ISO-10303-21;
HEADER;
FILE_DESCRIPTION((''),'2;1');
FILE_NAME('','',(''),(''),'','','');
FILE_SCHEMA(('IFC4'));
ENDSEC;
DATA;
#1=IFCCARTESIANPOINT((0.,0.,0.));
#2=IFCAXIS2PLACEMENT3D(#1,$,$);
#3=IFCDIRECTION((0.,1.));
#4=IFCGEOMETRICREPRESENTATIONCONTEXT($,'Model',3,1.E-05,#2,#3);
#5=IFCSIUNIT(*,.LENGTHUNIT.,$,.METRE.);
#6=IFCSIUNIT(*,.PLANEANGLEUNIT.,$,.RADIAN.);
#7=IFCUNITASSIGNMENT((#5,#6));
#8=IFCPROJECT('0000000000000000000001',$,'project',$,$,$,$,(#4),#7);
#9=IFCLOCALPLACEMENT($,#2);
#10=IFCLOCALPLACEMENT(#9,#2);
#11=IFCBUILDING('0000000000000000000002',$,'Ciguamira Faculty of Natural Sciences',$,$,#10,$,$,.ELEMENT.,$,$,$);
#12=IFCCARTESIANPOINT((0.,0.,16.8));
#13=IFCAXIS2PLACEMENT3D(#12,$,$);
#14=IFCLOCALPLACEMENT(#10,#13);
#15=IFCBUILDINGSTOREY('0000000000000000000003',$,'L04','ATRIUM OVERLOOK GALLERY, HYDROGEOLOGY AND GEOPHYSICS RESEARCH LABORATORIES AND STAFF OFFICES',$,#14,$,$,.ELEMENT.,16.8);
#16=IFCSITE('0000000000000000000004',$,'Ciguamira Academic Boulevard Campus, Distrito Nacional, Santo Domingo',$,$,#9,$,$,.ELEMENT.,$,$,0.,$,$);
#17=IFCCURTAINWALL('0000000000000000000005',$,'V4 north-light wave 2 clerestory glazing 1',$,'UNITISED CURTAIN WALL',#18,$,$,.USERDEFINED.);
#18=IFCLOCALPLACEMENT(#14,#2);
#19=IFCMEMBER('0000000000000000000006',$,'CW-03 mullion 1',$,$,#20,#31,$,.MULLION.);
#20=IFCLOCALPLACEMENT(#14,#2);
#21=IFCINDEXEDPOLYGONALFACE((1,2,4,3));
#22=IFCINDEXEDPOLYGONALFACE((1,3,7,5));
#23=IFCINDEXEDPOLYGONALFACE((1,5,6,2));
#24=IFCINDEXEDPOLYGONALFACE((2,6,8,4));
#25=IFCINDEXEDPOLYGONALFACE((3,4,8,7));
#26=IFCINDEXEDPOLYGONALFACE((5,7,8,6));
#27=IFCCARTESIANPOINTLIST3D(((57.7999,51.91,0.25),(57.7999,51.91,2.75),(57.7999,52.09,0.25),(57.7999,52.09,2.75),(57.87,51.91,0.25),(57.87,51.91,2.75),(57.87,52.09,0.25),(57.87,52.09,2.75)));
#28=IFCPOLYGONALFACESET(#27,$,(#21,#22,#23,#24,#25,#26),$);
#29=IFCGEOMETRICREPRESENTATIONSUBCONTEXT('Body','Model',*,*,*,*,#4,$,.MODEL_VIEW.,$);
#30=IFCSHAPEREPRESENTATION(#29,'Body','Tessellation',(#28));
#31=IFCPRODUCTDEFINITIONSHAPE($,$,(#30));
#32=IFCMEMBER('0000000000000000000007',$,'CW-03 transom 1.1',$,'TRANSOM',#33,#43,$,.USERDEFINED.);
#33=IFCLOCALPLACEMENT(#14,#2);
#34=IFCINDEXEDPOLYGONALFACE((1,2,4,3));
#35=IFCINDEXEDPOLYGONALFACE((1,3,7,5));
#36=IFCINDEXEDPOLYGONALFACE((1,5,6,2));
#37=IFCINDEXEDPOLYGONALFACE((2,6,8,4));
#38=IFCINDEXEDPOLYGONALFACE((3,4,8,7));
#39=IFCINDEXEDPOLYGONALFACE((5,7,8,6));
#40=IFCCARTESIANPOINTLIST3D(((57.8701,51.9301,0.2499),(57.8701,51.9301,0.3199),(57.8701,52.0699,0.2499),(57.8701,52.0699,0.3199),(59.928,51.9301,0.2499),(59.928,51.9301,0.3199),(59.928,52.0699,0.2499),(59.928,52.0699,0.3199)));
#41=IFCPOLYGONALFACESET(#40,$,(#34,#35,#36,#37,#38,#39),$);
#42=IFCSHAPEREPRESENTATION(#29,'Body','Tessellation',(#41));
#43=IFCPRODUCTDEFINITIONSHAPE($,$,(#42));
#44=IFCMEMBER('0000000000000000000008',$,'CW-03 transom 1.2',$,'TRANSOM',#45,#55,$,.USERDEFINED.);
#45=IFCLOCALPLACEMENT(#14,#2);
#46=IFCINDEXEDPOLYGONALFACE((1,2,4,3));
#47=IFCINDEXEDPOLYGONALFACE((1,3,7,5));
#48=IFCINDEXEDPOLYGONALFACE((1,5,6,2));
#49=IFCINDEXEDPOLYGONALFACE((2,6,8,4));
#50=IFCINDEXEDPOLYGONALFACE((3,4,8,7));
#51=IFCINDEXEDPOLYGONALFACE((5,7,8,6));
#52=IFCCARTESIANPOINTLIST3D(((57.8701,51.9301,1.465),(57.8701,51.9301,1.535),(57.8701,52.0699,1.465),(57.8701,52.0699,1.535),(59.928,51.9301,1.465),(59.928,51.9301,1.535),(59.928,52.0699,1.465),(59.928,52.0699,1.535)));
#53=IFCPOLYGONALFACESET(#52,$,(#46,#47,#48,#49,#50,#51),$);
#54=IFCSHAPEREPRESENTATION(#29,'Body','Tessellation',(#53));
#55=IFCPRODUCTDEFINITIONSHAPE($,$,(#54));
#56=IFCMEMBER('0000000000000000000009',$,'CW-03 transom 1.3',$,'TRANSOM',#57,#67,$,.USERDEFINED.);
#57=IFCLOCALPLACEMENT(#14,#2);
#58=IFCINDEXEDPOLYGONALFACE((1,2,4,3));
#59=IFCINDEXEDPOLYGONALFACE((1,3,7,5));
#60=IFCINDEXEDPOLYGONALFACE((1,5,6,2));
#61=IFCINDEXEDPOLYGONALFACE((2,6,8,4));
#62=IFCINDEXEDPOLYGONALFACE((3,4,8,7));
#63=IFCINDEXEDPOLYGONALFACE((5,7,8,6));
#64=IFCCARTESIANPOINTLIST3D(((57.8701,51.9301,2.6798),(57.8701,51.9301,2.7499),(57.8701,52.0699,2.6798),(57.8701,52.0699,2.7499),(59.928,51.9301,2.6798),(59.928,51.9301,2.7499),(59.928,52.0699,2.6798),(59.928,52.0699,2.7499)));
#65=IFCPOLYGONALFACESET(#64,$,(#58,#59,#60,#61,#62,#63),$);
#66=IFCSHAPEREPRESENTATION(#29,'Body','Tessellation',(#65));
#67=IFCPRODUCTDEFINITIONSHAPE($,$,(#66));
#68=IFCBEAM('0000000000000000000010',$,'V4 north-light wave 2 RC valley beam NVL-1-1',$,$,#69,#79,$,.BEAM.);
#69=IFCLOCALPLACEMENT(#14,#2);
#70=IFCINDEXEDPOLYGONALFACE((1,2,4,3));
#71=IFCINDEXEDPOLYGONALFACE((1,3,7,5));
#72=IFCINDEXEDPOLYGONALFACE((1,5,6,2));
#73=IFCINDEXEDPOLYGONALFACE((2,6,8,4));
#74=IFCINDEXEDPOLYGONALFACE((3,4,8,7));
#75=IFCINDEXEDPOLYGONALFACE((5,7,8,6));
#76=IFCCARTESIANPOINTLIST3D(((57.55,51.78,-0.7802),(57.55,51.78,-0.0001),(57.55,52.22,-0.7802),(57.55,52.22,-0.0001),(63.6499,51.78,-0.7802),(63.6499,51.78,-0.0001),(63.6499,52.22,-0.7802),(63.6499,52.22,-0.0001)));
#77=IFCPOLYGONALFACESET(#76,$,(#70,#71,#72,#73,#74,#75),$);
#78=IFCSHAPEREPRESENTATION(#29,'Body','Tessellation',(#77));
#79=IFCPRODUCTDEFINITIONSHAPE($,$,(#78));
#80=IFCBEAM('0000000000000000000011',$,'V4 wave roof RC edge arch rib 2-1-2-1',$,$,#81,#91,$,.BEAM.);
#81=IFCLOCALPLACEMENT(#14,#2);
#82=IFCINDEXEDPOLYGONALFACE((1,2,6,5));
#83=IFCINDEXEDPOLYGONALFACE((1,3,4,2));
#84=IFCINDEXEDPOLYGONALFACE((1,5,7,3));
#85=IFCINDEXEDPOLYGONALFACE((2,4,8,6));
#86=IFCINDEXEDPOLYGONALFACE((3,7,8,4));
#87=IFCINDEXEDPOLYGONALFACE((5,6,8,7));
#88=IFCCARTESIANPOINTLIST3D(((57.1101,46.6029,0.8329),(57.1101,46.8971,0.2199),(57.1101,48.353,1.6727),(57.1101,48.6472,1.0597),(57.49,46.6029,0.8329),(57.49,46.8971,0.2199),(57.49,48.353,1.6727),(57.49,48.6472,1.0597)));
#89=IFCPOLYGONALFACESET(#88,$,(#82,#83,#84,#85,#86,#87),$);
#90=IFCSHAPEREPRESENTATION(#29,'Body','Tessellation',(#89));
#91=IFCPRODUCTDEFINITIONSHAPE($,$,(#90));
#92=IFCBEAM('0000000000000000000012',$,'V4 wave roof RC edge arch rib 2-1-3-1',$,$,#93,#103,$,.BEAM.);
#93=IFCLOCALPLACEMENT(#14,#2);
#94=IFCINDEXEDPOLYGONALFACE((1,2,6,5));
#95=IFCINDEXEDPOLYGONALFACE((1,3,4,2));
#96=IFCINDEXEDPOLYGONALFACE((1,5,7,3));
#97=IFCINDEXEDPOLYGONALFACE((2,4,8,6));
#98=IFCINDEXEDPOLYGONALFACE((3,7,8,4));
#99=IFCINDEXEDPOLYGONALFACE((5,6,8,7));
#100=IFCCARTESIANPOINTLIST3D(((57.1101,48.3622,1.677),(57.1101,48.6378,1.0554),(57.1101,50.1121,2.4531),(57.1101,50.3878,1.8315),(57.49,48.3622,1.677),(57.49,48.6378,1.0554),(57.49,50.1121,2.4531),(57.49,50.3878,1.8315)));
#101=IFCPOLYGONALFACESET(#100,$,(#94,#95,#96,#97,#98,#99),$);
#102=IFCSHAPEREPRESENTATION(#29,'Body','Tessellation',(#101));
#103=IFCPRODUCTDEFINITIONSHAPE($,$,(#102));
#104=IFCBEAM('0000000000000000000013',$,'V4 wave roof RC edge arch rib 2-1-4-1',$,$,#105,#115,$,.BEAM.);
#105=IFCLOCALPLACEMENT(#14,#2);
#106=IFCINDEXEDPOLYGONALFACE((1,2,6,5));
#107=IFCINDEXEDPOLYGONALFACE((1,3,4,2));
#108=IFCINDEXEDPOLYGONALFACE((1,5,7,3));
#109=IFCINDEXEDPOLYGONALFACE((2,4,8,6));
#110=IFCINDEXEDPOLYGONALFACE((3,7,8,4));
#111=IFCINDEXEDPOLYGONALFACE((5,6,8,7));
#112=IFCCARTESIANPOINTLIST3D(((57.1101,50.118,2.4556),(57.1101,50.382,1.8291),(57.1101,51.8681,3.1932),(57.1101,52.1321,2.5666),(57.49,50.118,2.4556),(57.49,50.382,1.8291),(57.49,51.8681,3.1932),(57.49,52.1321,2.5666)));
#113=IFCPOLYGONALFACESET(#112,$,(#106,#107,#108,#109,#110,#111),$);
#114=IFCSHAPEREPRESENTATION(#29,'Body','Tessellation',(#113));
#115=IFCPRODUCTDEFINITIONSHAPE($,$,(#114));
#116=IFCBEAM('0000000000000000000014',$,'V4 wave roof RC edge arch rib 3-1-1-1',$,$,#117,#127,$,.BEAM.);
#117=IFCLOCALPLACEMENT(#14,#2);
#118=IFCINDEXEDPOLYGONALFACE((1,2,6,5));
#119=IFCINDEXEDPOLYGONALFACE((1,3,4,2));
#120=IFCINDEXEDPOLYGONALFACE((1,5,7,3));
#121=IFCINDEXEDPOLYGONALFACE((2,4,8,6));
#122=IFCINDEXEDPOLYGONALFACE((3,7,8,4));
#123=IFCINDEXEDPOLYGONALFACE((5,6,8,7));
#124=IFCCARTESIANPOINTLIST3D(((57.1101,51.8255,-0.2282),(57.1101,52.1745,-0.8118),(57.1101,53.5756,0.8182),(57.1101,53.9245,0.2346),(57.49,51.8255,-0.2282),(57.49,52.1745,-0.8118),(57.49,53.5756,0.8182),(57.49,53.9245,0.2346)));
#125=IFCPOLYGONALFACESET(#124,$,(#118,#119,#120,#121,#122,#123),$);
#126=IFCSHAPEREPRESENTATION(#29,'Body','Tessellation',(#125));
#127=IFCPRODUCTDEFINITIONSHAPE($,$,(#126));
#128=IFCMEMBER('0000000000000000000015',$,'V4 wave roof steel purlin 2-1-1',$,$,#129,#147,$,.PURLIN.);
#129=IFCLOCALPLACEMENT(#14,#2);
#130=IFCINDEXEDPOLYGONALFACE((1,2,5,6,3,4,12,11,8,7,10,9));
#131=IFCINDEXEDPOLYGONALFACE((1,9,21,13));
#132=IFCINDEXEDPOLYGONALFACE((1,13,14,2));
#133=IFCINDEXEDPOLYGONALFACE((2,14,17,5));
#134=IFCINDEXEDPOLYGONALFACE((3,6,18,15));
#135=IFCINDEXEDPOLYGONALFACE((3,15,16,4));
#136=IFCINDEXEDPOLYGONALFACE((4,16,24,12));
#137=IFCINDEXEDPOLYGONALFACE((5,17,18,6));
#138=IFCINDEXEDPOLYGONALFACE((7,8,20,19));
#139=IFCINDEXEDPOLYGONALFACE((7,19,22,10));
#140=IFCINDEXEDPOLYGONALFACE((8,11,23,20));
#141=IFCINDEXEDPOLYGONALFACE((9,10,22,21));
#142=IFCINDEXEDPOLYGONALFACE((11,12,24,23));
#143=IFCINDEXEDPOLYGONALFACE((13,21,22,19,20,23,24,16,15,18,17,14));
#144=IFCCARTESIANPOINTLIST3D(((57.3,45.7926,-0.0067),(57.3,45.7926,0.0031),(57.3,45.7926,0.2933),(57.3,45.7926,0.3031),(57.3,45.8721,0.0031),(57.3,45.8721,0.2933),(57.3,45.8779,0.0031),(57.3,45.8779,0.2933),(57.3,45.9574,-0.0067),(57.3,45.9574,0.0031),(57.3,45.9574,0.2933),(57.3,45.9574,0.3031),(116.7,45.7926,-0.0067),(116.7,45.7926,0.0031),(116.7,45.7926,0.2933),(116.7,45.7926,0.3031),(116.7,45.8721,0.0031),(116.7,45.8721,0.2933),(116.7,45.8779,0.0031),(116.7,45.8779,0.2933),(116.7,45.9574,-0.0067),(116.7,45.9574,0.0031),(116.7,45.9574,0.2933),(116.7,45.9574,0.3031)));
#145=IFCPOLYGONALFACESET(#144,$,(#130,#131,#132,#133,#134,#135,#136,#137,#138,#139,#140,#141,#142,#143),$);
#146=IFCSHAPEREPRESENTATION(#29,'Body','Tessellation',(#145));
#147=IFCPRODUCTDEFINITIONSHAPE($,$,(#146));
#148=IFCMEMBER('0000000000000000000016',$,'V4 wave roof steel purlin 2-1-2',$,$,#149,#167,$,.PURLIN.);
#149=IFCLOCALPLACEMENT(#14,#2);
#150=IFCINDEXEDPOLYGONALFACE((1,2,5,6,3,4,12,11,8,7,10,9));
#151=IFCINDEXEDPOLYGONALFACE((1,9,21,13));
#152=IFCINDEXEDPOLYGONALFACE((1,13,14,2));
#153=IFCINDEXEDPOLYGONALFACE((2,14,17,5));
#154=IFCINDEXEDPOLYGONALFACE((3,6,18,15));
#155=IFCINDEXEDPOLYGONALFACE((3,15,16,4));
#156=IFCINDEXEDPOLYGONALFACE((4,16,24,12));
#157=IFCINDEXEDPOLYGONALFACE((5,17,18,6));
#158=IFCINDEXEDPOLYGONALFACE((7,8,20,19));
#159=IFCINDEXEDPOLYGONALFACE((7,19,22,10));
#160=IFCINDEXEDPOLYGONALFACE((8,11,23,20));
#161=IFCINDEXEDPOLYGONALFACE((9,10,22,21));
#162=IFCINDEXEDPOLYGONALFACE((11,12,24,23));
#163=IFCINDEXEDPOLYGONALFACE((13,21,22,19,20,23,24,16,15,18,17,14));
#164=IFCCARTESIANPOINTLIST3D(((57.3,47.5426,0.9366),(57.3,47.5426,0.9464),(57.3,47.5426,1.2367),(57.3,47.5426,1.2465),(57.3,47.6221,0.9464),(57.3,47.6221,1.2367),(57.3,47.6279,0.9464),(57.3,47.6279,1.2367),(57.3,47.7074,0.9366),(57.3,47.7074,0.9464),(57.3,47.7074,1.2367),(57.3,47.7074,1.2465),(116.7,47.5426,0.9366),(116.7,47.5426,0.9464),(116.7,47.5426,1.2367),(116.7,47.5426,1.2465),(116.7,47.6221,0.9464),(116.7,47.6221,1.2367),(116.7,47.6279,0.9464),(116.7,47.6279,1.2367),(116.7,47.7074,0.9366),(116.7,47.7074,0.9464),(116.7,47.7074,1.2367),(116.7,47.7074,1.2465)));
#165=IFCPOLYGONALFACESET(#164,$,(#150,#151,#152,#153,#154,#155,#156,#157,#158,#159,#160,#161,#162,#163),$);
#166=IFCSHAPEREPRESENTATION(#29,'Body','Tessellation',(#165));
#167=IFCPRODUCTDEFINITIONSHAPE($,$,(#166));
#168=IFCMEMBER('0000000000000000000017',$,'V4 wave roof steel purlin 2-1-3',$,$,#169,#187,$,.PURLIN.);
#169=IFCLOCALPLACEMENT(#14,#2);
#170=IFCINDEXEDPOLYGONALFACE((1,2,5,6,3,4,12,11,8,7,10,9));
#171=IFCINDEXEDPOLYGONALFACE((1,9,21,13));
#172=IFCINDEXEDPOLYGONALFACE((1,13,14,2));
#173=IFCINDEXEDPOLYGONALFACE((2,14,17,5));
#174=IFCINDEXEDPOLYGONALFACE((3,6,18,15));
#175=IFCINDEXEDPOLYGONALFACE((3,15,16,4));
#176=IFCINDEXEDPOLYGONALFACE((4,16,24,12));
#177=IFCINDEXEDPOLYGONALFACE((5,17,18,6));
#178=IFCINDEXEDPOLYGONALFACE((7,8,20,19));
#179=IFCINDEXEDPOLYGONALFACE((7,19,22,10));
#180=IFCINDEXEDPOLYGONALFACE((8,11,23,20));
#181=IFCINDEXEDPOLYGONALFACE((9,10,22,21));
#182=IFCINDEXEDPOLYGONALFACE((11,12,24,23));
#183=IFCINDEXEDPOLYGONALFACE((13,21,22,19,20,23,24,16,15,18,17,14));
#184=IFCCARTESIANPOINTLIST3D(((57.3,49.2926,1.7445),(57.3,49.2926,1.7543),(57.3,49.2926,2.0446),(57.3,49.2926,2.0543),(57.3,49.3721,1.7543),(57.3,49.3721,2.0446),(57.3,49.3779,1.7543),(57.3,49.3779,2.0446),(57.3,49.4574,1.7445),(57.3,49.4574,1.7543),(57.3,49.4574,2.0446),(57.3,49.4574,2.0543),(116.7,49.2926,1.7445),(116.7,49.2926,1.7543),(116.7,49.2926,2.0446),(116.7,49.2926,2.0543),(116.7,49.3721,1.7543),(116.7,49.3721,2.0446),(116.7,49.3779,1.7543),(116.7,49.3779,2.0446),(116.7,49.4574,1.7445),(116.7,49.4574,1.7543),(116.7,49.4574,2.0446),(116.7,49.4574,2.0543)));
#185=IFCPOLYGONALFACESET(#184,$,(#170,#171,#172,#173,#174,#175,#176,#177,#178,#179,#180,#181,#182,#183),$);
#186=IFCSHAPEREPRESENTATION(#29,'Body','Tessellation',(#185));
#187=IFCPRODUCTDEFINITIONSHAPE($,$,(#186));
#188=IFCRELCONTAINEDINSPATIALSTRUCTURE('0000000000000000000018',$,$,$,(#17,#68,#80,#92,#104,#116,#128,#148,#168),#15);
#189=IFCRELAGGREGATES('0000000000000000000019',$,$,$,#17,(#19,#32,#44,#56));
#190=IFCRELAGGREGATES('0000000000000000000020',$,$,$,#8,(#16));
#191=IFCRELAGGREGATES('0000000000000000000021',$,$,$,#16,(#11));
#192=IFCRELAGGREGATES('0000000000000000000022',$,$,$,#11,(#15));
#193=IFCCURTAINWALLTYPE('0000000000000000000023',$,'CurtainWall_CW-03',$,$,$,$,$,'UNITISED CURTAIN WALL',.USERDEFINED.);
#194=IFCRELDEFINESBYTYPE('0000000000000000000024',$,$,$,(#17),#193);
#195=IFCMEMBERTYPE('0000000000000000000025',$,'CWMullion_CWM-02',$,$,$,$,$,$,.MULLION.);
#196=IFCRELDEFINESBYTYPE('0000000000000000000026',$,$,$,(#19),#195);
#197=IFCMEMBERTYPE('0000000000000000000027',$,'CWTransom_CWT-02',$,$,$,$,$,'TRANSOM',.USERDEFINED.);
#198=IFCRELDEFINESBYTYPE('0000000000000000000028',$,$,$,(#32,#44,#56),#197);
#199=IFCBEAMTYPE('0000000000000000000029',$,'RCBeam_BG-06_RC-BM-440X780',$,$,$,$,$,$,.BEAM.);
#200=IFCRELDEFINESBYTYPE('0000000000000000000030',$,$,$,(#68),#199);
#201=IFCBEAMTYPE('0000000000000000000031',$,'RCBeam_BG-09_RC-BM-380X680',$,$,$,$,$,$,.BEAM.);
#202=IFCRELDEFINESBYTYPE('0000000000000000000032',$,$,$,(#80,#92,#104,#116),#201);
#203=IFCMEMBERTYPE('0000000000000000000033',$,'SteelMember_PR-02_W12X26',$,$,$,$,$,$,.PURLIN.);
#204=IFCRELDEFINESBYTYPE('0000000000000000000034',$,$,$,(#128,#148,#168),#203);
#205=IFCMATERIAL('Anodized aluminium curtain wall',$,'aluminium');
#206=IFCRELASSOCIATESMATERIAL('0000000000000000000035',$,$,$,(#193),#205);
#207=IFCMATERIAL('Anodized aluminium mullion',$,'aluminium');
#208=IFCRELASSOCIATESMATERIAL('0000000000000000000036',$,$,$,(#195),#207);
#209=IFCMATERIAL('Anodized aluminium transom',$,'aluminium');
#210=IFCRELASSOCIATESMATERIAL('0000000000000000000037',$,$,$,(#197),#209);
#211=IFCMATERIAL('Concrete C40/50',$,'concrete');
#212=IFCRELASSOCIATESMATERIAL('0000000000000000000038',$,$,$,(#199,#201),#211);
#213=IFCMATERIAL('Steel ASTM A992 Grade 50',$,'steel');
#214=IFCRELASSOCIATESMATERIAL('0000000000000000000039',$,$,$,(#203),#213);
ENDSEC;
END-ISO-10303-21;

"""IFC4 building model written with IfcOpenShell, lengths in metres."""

from ifc_helpers import new_model, si_unit, direction, frame, origin, origin_2d, place, context, subcontext, project, spatial, rectangle, i_section, extrude, material, material_profile, profile_set, type_object, element, aggregate, save


model = new_model("IFC4")

# Units and contexts
model_context = context("Model", 3, precision=1e-05, world=origin(), true_north=direction((0.0, 1.0)))
body_context = subcontext(model_context, "Body", "Model", "MODEL_VIEW")
ifc_project = project(units=[si_unit("LENGTHUNIT", "METRE"), si_unit("PLANEANGLEUNIT", "RADIAN")], contexts=[model_context])

# Site, building, storey
site_placement = place(None, origin())
site = spatial("IfcSite", under=ifc_project, at=site_placement, Name="Ciguamira Academic Boulevard Campus, Distrito Nacional, Santo Domingo", CompositionType="ELEMENT", RefElevation=0.0)
building_placement = place(site_placement, origin())
building = spatial("IfcBuilding", under=site, at=building_placement, Name="Ciguamira Faculty of Natural Sciences", CompositionType="ELEMENT")
storey_placement = place(building_placement, frame((0.0, 0.0, 16.8)))
storey = spatial("IfcBuildingStorey", under=building, at=storey_placement, Name="L04", Description="ATRIUM OVERLOOK GALLERY, HYDROGEOLOGY AND GEOPHYSICS RESEARCH LABORATORIES AND STAFF OFFICES", CompositionType="ELEMENT", Elevation=16.8)

# Curtain wall, members
ifc_material_1 = material(Name="Anodized aluminium curtain wall", Category="aluminium")
curtain_wall_type = type_object("IfcCurtainWallType", Name="CurtainWall_CW-03", ElementType="UNITISED CURTAIN WALL", PredefinedType="USERDEFINED", material=ifc_material_1)
curtain_wall_placement = place(storey_placement, origin())
curtain_wall = element("IfcCurtainWall", 1, at=curtain_wall_placement, inside=storey, type_object=curtain_wall_type, Name="V4 north-light wave 2 clerestory glazing 1", ObjectType="UNITISED CURTAIN WALL", PredefinedType="USERDEFINED")
ifc_material_2 = material(Name="Anodized aluminium mullion", Category="aluminium")
ifc_material_profile_1 = material_profile(ifc_material_2, rectangle(XDim=0.0701, YDim=0.1799, at=origin_2d()), Name="ALU-MUL-70X180")
ifc_profile_set_1 = profile_set([ifc_material_profile_1], Name="Anodized aluminium mullion")
member_type_1 = type_object("IfcMemberType", Name="CWMullion_CWM-02", PredefinedType="MULLION", material=ifc_profile_set_1)
member_1_placement = place(storey_placement, frame((57.835, 52.0, 0.25), z_axis=(0.0, 0.0, 1.0), x_axis=(1.0, 0.0, 0.0)))
member_1 = element("IfcMember", 2, at=member_1_placement, type_object=member_type_1, Name="CW-03 mullion 1", PredefinedType="MULLION", context=body_context, shape_type="SweptSolid", body=[
    extrude(rectangle(XDim=0.0701, YDim=0.1799, at=origin_2d()), origin(), (0.0, 0.0, 1.0), 2.5),
])
ifc_material_3 = material(Name="Anodized aluminium transom", Category="aluminium")
ifc_material_profile_2 = material_profile(ifc_material_3, rectangle(XDim=0.0701, YDim=0.1399, at=origin_2d()), Name="ALU-TRN-70X140")
ifc_profile_set_2 = profile_set([ifc_material_profile_2], Name="Anodized aluminium transom")
member_type_2 = type_object("IfcMemberType", Name="CWTransom_CWT-02", ElementType="TRANSOM", PredefinedType="USERDEFINED", material=ifc_profile_set_2)
member_2_placement = place(storey_placement, frame((57.8701, 52.0, 0.2849), z_axis=(1.0, 0.0, 0.0), x_axis=(0.0, 0.0, 1.0)))
member_2 = element("IfcMember", 3, at=member_2_placement, type_object=member_type_2, Name="CW-03 transom 1.1", ObjectType="TRANSOM", PredefinedType="USERDEFINED", context=body_context, shape_type="SweptSolid", body=[
    extrude(rectangle(XDim=0.0701, YDim=0.1399, at=origin_2d()), origin(), (0.0, 0.0, 1.0), 2.0579),
])
member_3_placement = place(storey_placement, frame((57.8701, 52.0, 1.5), z_axis=(1.0, 0.0, 0.0), x_axis=(0.0, 0.0, 1.0)))
member_3 = element("IfcMember", 4, at=member_3_placement, type_object=member_type_2, Name="CW-03 transom 1.2", ObjectType="TRANSOM", PredefinedType="USERDEFINED", context=body_context, shape_type="SweptSolid", body=[
    extrude(rectangle(XDim=0.0701, YDim=0.1399, at=origin_2d()), origin(), (0.0, 0.0, 1.0), 2.0579),
])
member_4_placement = place(storey_placement, frame((57.8701, 52.0, 2.7148), z_axis=(1.0, 0.0, 0.0), x_axis=(0.0, 0.0, 1.0)))
member_4 = element("IfcMember", 5, at=member_4_placement, type_object=member_type_2, Name="CW-03 transom 1.3", ObjectType="TRANSOM", PredefinedType="USERDEFINED", context=body_context, shape_type="SweptSolid", body=[
    extrude(rectangle(XDim=0.0701, YDim=0.1399, at=origin_2d()), origin(), (0.0, 0.0, 1.0), 2.0579),
])

# Beams
ifc_material_4 = material(Name="Concrete C40/50", Category="concrete")
ifc_material_profile_3 = material_profile(ifc_material_4, rectangle(XDim=0.4399, YDim=0.78, at=origin_2d()), Name="RC-BM-440X780")
ifc_profile_set_3 = profile_set([ifc_material_profile_3], Name="Concrete C40/50")
beam_type_1 = type_object("IfcBeamType", Name="RCBeam_BG-06_RC-BM-440X780", PredefinedType="BEAM", material=ifc_profile_set_3)
beam_1_placement = place(storey_placement, frame((57.55, 52.0, -0.3901), z_axis=(1.0, 0.0, 0.0), x_axis=(0.0, 1.0, 0.0)))
element("IfcBeam", 6, at=beam_1_placement, inside=storey, type_object=beam_type_1, Name="V4 north-light wave 2 RC valley beam NVL-1-1", PredefinedType="BEAM", context=body_context, shape_type="SweptSolid", body=[
    extrude(rectangle(XDim=0.4399, YDim=0.78, at=origin_2d()), origin(), (0.0, 0.0, 1.0), 6.0999),
])
ifc_material_profile_4 = material_profile(ifc_material_4, rectangle(XDim=0.3799, YDim=0.6799, at=origin_2d()), Name="RC-BM-380X680")
ifc_profile_set_4 = profile_set([ifc_material_profile_4], Name="Concrete C40/50")
beam_type_2 = type_object("IfcBeamType", Name="RCBeam_BG-09_RC-BM-380X680", PredefinedType="BEAM", material=ifc_profile_set_4)
beam_2_placement = place(storey_placement, frame((57.3, 46.75, 0.5264), z_axis=(0.0, 0.901554, 0.432666), x_axis=(-1.0, 0.0, 0.0)))
element("IfcBeam", 7, at=beam_2_placement, inside=storey, type_object=beam_type_2, Name="V4 wave roof RC edge arch rib 2-1-2-1", PredefinedType="BEAM", context=body_context, shape_type="SweptSolid", body=[
    extrude(rectangle(XDim=0.3799, YDim=0.6799, at=origin_2d()), origin(), (0.0, 0.0, 1.0), 1.9412),
])
beam_3_placement = place(storey_placement, frame((57.3, 48.5, 1.3662), z_axis=(0.0, 0.914132, 0.405417), x_axis=(-1.0, 0.0, 0.0)))
element("IfcBeam", 8, at=beam_3_placement, inside=storey, type_object=beam_type_2, Name="V4 wave roof RC edge arch rib 2-1-3-1", PredefinedType="BEAM", context=body_context, shape_type="SweptSolid", body=[
    extrude(rectangle(XDim=0.3799, YDim=0.6799, at=origin_2d()), origin(), (0.0, 0.0, 1.0), 1.9143),
])
beam_4_placement = place(storey_placement, frame((57.3, 50.25, 2.1423), z_axis=(0.0, 0.921502, 0.388373), x_axis=(-1.0, 0.0, 0.0)))
element("IfcBeam", 9, at=beam_4_placement, inside=storey, type_object=beam_type_2, Name="V4 wave roof RC edge arch rib 2-1-4-1", PredefinedType="BEAM", context=body_context, shape_type="SweptSolid", body=[
    extrude(rectangle(XDim=0.3799, YDim=0.6799, at=origin_2d()), origin(), (0.0, 0.0, 1.0), 1.8992),
])
beam_5_placement = place(storey_placement, frame((57.3, 52.0, -0.52), z_axis=(0.0, 0.858274, 0.513192), x_axis=(-1.0, 0.0, 0.0)))
element("IfcBeam", 10, at=beam_5_placement, inside=storey, type_object=beam_type_2, Name="V4 wave roof RC edge arch rib 3-1-1-1", PredefinedType="BEAM", context=body_context, shape_type="SweptSolid", body=[
    extrude(rectangle(XDim=0.3799, YDim=0.6799, at=origin_2d()), origin(), (0.0, 0.0, 1.0), 2.0391),
])

# Members
ifc_material_5 = material(Name="Steel ASTM A992 Grade 50", Category="steel")
ifc_material_profile_5 = material_profile(ifc_material_5, i_section(OverallWidth=0.1648, OverallDepth=0.3098, WebThickness=0.0059, FlangeThickness=0.0098, at=origin_2d()), Name="W12X26")
ifc_profile_set_5 = profile_set([ifc_material_profile_5], Name="Steel ASTM A992 Grade 50")
member_type_3 = type_object("IfcMemberType", Name="SteelMember_PR-02_W12X26", PredefinedType="PURLIN", material=ifc_profile_set_5)
for number, where, z_axis, x_axis, name in (
    (11, (57.3, 45.875, 0.1482), (1.0, 0.0, 0.0), (0.0, 1.0, 0.0), "V4 wave roof steel purlin 2-1-1"),
    (12, (57.3, 47.625, 1.0916), (1.0, 0.0, 0.0), (0.0, 1.0, 0.0), "V4 wave roof steel purlin 2-1-2"),
    (13, (57.3, 49.375, 1.8994), (1.0, 0.0, 0.0), (0.0, 1.0, 0.0), "V4 wave roof steel purlin 2-1-3"),
):
    element("IfcMember", number, at=place(storey_placement, frame(where, z_axis=z_axis, x_axis=x_axis)), inside=storey, type_object=member_type_3, Name=name, PredefinedType="PURLIN", context=body_context, shape_type="SweptSolid", body=[
        extrude(i_section(OverallWidth=0.1648, OverallDepth=0.3098, WebThickness=0.0059, FlangeThickness=0.0098, at=origin_2d()), origin(), (0.0, 0.0, 1.0), 59.3999),
    ])

aggregate(curtain_wall, [member_1, member_2, member_3, member_4])

save(model, "model.ifc")
